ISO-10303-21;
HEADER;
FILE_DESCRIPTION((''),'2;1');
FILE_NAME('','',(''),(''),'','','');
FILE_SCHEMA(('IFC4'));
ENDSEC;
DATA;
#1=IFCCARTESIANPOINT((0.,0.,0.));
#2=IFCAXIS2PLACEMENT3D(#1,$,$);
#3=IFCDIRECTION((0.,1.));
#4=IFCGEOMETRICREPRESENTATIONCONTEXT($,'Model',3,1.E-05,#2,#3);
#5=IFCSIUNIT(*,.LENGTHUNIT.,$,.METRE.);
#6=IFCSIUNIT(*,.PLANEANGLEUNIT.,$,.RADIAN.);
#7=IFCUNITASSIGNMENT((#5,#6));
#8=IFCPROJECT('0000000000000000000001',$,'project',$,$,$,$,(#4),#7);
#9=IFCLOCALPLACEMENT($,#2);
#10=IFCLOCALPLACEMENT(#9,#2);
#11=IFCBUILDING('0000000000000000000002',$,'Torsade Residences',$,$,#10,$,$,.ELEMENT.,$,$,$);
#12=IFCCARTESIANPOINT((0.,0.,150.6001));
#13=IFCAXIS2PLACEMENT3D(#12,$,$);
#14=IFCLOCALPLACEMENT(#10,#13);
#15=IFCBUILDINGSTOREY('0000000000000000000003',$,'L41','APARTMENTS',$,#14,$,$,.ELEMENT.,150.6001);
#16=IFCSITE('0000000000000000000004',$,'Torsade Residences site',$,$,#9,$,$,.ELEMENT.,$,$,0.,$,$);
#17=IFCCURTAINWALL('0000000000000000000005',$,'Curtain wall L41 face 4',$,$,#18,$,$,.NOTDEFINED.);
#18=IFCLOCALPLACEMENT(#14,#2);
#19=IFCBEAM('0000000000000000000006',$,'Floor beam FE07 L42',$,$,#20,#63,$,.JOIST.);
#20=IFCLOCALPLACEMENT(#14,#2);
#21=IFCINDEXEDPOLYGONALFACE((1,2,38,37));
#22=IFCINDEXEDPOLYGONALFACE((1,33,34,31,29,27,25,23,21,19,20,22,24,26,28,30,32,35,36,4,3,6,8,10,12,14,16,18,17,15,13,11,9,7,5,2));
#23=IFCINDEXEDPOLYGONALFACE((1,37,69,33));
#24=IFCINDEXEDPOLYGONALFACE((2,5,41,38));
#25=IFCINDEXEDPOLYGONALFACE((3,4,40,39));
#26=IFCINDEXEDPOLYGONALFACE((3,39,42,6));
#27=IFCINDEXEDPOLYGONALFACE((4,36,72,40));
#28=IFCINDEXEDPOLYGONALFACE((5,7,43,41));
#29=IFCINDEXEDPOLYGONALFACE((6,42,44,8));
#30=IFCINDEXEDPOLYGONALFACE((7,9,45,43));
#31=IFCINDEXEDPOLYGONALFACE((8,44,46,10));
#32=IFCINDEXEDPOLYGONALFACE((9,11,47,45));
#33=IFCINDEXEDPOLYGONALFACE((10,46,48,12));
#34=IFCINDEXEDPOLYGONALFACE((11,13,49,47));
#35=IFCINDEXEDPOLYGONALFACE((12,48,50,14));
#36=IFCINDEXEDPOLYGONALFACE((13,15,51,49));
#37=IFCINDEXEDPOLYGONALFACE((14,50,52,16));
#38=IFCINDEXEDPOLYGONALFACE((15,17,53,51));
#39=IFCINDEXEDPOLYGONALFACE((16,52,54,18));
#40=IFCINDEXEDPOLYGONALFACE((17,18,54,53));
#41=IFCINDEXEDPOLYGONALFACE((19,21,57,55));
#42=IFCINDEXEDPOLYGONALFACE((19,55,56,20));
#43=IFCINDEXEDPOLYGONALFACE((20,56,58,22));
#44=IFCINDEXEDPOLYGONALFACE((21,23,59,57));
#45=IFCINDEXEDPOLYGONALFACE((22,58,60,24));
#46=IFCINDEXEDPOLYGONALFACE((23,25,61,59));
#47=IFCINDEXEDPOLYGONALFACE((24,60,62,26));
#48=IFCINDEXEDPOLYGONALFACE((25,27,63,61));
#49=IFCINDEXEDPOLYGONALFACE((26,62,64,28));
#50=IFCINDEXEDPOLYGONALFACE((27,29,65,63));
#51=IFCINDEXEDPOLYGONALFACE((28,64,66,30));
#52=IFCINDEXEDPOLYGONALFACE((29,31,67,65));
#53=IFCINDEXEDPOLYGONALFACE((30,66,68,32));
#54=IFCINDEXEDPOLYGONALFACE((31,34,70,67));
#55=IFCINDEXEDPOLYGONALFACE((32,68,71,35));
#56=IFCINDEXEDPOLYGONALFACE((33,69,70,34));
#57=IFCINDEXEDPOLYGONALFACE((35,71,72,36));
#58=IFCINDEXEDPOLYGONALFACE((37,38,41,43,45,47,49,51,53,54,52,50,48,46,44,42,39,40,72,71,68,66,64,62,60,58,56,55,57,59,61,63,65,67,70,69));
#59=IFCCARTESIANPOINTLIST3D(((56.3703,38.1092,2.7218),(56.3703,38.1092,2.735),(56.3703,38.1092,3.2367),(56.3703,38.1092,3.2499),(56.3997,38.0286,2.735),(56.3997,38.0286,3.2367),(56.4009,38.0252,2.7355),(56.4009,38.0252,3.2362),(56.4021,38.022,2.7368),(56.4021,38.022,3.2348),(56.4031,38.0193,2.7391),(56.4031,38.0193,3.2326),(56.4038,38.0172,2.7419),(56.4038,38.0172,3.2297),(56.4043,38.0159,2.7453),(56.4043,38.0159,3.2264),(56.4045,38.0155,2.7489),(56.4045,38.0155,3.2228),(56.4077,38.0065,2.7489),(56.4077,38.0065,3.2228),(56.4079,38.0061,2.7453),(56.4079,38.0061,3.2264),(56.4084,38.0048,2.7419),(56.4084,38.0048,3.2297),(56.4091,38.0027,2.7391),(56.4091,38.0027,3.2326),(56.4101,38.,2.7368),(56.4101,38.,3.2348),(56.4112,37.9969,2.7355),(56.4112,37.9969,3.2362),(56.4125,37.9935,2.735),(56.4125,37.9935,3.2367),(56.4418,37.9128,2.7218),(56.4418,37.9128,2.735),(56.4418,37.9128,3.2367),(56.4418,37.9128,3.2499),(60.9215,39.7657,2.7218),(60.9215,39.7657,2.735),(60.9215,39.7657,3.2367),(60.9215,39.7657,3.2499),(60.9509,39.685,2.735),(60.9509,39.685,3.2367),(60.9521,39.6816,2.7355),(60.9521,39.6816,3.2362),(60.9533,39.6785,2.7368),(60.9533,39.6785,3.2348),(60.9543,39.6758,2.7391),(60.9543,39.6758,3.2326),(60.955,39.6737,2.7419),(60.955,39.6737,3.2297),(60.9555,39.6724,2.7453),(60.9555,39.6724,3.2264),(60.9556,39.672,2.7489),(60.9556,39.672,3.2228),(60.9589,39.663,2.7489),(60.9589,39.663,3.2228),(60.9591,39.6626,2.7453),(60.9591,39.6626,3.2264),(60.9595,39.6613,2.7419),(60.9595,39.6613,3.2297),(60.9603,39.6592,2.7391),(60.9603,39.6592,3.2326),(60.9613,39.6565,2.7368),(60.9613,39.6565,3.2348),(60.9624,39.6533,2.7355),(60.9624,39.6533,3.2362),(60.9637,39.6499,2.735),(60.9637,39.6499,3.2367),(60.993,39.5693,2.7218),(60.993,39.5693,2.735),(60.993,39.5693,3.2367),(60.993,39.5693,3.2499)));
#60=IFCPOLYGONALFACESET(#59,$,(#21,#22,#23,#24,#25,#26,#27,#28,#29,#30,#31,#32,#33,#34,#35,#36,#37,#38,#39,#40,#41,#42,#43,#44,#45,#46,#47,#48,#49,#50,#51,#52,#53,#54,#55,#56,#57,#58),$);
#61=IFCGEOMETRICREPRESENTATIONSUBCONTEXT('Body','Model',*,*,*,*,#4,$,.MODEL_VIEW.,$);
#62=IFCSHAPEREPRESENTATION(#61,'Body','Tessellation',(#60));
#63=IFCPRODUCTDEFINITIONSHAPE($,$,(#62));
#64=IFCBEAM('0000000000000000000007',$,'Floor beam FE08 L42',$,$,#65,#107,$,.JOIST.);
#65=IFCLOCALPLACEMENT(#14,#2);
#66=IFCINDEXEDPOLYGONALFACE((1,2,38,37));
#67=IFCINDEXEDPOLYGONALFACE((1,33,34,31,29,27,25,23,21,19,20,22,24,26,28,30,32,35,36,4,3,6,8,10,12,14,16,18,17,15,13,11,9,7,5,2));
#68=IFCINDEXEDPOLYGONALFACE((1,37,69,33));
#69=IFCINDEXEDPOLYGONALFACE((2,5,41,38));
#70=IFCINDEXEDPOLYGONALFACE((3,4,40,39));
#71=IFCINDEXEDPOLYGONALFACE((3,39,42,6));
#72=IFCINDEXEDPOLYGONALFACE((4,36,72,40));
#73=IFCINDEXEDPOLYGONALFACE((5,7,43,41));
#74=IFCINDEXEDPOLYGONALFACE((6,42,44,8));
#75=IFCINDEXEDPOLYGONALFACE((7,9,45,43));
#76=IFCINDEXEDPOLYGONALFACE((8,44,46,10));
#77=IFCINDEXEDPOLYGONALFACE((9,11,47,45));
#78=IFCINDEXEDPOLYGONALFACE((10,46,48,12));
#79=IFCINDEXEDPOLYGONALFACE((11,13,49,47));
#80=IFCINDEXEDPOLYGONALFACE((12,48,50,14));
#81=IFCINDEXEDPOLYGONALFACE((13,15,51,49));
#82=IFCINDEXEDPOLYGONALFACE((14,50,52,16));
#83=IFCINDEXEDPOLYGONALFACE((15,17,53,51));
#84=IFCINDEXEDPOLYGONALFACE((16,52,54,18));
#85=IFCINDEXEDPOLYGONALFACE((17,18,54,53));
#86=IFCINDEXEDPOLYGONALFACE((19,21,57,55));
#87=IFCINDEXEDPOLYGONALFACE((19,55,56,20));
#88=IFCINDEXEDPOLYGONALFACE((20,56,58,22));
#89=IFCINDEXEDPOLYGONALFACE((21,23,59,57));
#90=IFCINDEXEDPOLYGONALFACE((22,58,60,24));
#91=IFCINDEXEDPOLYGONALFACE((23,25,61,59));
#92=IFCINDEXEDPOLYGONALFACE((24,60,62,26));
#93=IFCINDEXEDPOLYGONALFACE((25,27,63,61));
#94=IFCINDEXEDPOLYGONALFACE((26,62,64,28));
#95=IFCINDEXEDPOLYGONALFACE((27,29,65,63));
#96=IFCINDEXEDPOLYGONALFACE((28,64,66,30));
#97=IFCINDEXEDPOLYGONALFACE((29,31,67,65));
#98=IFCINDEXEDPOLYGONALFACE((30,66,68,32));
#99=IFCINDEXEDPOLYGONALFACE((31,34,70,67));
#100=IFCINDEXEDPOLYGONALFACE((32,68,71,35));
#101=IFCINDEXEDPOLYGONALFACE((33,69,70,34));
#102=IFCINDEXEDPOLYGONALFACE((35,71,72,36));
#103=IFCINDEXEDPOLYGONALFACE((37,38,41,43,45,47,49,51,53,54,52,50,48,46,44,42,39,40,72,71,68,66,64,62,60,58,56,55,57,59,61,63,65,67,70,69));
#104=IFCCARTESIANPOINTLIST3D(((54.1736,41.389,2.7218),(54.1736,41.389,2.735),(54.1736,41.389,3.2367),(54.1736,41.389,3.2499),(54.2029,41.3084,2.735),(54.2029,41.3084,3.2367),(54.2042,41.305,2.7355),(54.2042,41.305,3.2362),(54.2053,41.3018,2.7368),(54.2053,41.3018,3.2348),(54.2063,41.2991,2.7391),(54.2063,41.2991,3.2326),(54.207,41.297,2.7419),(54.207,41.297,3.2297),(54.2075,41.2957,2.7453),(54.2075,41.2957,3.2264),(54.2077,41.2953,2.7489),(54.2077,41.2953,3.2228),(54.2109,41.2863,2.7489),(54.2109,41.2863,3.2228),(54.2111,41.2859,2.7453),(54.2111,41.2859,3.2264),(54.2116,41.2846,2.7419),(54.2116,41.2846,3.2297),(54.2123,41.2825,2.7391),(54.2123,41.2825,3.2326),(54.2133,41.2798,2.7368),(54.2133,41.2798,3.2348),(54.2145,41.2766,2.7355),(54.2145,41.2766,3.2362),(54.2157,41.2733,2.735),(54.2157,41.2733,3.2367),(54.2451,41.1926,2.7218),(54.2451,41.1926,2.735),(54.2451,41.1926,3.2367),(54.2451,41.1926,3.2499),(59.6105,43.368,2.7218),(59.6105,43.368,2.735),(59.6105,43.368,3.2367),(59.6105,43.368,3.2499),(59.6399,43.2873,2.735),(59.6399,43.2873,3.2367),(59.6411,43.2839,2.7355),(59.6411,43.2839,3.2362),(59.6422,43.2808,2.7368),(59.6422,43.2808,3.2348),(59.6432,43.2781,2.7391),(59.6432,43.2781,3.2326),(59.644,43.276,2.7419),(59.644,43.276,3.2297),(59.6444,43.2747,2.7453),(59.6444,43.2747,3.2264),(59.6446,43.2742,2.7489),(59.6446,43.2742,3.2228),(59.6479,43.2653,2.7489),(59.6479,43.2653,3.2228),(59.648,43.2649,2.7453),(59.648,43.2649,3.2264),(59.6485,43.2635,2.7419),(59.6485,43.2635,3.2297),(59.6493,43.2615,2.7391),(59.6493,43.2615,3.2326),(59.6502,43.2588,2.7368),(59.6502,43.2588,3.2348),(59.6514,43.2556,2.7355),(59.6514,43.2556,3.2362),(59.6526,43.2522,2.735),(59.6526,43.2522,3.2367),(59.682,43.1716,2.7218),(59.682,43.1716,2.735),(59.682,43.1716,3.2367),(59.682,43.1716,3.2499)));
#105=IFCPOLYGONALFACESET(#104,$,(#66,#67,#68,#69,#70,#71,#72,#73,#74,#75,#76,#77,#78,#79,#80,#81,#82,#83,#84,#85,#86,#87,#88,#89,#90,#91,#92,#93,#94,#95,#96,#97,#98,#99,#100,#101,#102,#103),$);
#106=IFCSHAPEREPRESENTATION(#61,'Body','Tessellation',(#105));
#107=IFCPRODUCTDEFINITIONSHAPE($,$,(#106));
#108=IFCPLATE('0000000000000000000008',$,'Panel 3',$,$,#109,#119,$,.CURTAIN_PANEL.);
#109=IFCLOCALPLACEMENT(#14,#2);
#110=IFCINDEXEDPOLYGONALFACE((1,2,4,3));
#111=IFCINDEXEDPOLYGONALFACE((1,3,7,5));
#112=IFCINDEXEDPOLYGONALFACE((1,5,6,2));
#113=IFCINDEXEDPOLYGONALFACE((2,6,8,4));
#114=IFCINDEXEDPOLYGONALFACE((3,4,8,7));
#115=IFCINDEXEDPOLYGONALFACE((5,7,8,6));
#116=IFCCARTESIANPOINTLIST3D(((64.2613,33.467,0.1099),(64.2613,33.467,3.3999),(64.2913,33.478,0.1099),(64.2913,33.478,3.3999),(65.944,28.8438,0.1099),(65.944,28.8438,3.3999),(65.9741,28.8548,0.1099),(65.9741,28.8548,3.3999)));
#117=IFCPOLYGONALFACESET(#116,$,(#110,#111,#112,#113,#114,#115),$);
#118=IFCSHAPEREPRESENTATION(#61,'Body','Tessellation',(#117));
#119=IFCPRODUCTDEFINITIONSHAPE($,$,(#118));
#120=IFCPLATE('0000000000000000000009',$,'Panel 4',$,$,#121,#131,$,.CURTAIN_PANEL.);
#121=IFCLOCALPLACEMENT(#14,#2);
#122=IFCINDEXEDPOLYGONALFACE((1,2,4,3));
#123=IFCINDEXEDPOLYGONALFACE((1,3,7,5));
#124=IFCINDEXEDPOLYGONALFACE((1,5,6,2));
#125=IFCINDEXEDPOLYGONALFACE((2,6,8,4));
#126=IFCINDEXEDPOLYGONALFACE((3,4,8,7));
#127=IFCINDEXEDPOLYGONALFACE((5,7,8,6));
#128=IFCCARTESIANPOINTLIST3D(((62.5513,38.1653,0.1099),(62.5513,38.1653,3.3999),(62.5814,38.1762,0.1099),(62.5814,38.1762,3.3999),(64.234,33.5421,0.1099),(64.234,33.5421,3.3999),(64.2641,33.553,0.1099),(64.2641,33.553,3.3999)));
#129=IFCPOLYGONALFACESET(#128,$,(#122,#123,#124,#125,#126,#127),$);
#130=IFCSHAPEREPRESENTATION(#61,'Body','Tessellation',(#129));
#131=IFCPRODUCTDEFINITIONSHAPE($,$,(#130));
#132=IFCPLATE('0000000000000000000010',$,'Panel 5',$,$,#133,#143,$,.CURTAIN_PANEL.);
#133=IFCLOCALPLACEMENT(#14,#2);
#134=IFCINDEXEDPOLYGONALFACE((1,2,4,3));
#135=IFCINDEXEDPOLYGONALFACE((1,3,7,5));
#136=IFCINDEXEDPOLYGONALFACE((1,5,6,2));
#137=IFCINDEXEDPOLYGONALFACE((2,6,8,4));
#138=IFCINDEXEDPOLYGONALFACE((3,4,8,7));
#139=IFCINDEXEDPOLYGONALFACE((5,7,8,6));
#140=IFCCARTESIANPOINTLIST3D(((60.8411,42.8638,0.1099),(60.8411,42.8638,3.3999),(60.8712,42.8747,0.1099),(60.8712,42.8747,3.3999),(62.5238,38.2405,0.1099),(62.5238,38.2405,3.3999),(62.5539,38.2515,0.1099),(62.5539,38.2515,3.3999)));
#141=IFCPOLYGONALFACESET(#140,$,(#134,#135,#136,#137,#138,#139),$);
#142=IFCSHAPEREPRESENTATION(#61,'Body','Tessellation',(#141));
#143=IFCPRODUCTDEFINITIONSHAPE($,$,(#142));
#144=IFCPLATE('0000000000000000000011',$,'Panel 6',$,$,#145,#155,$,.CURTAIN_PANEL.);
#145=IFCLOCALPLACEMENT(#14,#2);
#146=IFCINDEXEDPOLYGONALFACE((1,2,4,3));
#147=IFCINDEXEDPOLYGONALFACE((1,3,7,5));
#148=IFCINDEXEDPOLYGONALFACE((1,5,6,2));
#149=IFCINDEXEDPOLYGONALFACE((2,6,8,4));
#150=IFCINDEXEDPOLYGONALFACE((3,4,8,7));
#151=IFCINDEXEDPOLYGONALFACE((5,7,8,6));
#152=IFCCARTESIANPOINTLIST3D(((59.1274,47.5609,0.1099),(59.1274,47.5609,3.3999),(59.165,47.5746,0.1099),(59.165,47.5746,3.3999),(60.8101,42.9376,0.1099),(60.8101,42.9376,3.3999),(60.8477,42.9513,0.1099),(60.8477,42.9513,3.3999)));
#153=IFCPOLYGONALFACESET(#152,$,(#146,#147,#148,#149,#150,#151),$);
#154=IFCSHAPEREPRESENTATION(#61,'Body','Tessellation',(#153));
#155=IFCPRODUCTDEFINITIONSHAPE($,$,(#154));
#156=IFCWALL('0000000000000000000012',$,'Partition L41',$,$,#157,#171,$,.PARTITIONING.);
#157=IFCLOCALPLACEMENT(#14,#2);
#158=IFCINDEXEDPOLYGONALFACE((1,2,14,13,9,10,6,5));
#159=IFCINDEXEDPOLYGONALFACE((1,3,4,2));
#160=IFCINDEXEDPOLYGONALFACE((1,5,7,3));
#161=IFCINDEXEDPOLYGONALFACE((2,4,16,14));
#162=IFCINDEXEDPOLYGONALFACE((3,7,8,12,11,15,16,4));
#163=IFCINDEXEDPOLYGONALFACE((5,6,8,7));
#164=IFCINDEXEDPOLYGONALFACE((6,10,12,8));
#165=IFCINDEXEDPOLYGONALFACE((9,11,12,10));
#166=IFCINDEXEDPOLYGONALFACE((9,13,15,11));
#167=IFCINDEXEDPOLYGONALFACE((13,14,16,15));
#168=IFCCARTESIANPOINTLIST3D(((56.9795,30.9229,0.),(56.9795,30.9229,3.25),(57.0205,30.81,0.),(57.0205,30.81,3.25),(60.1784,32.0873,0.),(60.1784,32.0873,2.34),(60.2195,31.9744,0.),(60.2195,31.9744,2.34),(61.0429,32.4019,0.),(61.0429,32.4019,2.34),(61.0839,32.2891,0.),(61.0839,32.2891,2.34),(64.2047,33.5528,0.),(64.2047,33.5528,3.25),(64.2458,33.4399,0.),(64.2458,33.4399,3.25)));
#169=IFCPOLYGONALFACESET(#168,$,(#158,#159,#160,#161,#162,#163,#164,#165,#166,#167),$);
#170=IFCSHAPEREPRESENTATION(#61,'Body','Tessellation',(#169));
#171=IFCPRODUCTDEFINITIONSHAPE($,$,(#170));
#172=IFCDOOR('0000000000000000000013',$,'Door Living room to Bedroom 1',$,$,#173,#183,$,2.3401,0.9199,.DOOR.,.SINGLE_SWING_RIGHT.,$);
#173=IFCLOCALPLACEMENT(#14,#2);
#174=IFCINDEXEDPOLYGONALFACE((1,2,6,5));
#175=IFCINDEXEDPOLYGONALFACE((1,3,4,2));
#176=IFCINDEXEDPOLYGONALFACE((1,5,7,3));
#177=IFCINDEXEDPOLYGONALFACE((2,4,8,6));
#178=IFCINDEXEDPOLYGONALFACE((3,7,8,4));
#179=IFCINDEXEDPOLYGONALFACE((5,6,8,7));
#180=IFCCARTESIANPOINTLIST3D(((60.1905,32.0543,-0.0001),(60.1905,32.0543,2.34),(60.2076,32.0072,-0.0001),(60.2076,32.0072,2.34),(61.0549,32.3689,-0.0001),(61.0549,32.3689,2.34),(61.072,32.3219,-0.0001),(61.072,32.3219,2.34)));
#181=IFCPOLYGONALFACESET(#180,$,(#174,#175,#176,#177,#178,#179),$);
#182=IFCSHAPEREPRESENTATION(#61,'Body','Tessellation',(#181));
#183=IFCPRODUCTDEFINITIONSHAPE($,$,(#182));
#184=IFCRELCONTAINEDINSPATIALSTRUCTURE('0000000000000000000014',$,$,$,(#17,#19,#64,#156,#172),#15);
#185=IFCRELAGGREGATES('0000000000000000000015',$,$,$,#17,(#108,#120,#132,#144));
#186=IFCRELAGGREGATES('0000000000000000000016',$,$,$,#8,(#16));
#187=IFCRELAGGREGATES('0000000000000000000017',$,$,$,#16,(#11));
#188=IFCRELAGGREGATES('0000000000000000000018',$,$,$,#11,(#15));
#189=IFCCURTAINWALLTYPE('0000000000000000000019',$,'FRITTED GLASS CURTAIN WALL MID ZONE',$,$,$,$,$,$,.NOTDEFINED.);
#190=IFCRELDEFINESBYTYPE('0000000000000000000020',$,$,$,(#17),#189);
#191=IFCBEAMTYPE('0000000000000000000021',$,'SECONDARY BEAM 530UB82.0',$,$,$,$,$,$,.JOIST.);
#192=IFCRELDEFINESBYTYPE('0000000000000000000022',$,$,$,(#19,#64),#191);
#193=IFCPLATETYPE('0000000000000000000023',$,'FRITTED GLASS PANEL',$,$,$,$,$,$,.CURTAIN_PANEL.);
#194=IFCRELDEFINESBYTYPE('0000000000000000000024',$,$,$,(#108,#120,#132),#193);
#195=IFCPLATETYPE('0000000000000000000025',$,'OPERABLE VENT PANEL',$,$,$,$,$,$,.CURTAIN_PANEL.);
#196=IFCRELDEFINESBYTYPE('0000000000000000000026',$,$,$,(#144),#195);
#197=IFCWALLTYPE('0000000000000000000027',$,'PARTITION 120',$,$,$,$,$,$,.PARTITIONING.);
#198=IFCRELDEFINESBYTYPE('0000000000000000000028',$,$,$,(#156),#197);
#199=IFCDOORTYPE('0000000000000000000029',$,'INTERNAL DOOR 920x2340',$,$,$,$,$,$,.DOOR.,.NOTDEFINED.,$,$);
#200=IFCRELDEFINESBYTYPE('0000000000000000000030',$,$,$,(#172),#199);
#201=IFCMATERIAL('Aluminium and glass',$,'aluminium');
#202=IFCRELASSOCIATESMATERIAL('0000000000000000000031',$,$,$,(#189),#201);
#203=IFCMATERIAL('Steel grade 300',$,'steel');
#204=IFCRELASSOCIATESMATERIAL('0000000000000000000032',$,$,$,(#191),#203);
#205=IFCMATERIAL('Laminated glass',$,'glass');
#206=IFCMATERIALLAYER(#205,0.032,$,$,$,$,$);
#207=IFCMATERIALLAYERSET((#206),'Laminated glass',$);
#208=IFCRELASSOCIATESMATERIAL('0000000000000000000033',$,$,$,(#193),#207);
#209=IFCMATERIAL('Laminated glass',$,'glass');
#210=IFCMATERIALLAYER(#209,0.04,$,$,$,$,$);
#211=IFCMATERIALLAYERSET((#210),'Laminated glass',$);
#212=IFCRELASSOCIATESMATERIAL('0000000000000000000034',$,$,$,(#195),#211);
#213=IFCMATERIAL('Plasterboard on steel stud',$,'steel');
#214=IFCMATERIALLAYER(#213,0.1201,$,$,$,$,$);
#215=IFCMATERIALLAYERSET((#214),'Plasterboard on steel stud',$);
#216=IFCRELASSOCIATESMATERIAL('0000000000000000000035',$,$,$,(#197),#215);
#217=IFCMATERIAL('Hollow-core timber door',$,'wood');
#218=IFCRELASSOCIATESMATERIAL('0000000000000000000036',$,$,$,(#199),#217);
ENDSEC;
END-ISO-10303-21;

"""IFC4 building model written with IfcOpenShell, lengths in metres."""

from ifc_helpers import new_model, si_unit, direction, frame, frame_2d, origin, origin_2d, place, context, subcontext, project, spatial, rectangle, i_section, extrude, material, layer, layer_set, material_profile, profile_set, type_object, element, fill, aggregate, save


model = new_model("IFC4")

# Units and contexts
model_context = context("Model", 3, precision=1e-05, world=origin(), true_north=direction((0.0, 1.0)))
body_context = subcontext(model_context, "Body", "Model", "MODEL_VIEW")
ifc_project = project(units=[si_unit("LENGTHUNIT", "METRE"), si_unit("PLANEANGLEUNIT", "RADIAN")], contexts=[model_context])

# Site, building, storey
site_placement = place(None, origin())
site = spatial("IfcSite", under=ifc_project, at=site_placement, Name="Torsade Residences site", CompositionType="ELEMENT", RefElevation=0.0)
building_placement = place(site_placement, origin())
building = spatial("IfcBuilding", under=site, at=building_placement, Name="Torsade Residences", CompositionType="ELEMENT")
storey_placement = place(building_placement, frame((0.0, 0.0, 150.6001)))
storey = spatial("IfcBuildingStorey", under=building, at=storey_placement, Name="L41", Description="APARTMENTS", CompositionType="ELEMENT", Elevation=150.6001)

# Curtain wall
ifc_material_1 = material(Name="Aluminium and glass", Category="aluminium")
curtain_wall_type = type_object("IfcCurtainWallType", Name="FRITTED GLASS CURTAIN WALL MID ZONE", PredefinedType="NOTDEFINED", material=ifc_material_1)
curtain_wall_placement = place(storey_placement, origin())
curtain_wall = element("IfcCurtainWall", 1, at=curtain_wall_placement, inside=storey, type_object=curtain_wall_type, Name="Curtain wall L41 face 4", PredefinedType="NOTDEFINED")

# Beams
ifc_material_2 = material(Name="Steel grade 300", Category="steel")
ifc_material_profile_1 = material_profile(ifc_material_2, i_section(OverallWidth=0.209, OverallDepth=0.5281, WebThickness=0.0095, FlangeThickness=0.0132, FilletRadius=0.0139, at=origin_2d()), Name="530UB82.0")
ifc_profile_set_1 = profile_set([ifc_material_profile_1], Name="Steel grade 300")
beam_type_1 = type_object("IfcBeamType", Name="SECONDARY BEAM 530UB82.0", PredefinedType="JOIST", material=ifc_profile_set_1)
beam_1_placement = place(storey_placement, frame((60.9573, 39.6675, 2.9858), z_axis=(-0.939695, -0.342014, 0.0), x_axis=(0.342014, -0.939695, 0.0)))
element("IfcBeam", 2, at=beam_1_placement, inside=storey, type_object=beam_type_1, Name="Floor beam FE07 L42", PredefinedType="JOIST", context=body_context, shape_type="SweptSolid", body=[
    extrude(i_section(OverallWidth=0.209, OverallDepth=0.5281, WebThickness=0.0095, FlangeThickness=0.0132, FilletRadius=0.0139, at=origin_2d()), origin(), (0.0, 0.0, 1.0), 4.8433),
])
beam_2_placement = place(storey_placement, frame((59.6462, 43.2698, 2.9858), z_axis=(-0.939687, -0.342034, 0.0), x_axis=(0.342034, -0.939687, 0.0)))
element("IfcBeam", 3, at=beam_2_placement, inside=storey, type_object=beam_type_1, Name="Floor beam FE08 L42", PredefinedType="JOIST", context=body_context, shape_type="SweptSolid", body=[
    extrude(i_section(OverallWidth=0.209, OverallDepth=0.5281, WebThickness=0.0095, FlangeThickness=0.0132, FilletRadius=0.0139, at=origin_2d()), origin(), (0.0, 0.0, 1.0), 5.7859),
])

# Plates
ifc_material_3 = material(Name="Laminated glass", Category="glass")
ifc_layer_1 = layer(ifc_material_3, 0.032)
ifc_layer_set_1 = layer_set([ifc_layer_1], Name="Laminated glass")
plate_type_1 = type_object("IfcPlateType", Name="FRITTED GLASS PANEL", PredefinedType="CURTAIN_PANEL", material=ifc_layer_set_1)
plate_1_placement = place(storey_placement, frame((65.1177, 31.1609, 0.1099), z_axis=(0.0, 0.0, 1.0), x_axis=(-0.34202, 0.939693, 0.0)))
plate_1 = element("IfcPlate", 4, at=plate_1_placement, type_object=plate_type_1, Name="Panel 3", PredefinedType="CURTAIN_PANEL", context=body_context, shape_type="SweptSolid", body=[
    extrude(rectangle(XDim=4.9199, YDim=0.032, at=origin_2d()), origin(), (0.0, 0.0, 1.0), 3.29),
])
plate_2_placement = place(storey_placement, frame((63.4077, 35.8591, 0.1099), z_axis=(0.0, 0.0, 1.0), x_axis=(-0.34202, 0.939693, 0.0)))
plate_2 = element("IfcPlate", 5, at=plate_2_placement, type_object=plate_type_1, Name="Panel 4", PredefinedType="CURTAIN_PANEL", context=body_context, shape_type="SweptSolid", body=[
    extrude(rectangle(XDim=4.9199, YDim=0.032, at=origin_2d()), origin(), (0.0, 0.0, 1.0), 3.29),
])
plate_3_placement = place(storey_placement, frame((61.6975, 40.5576, 0.1099), z_axis=(0.0, 0.0, 1.0), x_axis=(-0.34202, 0.939693, 0.0)))
plate_3 = element("IfcPlate", 6, at=plate_3_placement, type_object=plate_type_1, Name="Panel 5", PredefinedType="CURTAIN_PANEL", context=body_context, shape_type="SweptSolid", body=[
    extrude(rectangle(XDim=4.9199, YDim=0.032, at=origin_2d()), origin(), (0.0, 0.0, 1.0), 3.29),
])
ifc_material_4 = material(Name="Laminated glass", Category="glass")
ifc_layer_2 = layer(ifc_material_4, 0.04)
ifc_layer_set_2 = layer_set([ifc_layer_2], Name="Laminated glass")
plate_type_2 = type_object("IfcPlateType", Name="OPERABLE VENT PANEL", PredefinedType="CURTAIN_PANEL", material=ifc_layer_set_2)
plate_4_placement = place(storey_placement, frame((59.9875, 45.2561, 0.1099), z_axis=(0.0, 0.0, 1.0), x_axis=(-0.34202, 0.939693, 0.0)))
plate_4 = element("IfcPlate", 7, at=plate_4_placement, type_object=plate_type_2, Name="Panel 6", PredefinedType="CURTAIN_PANEL", context=body_context, shape_type="SweptSolid", body=[
    extrude(rectangle(XDim=4.9199, YDim=0.04, at=origin_2d()), origin(), (0.0, 0.0, 1.0), 3.29),
])
aggregate(curtain_wall, [plate_1, plate_2, plate_3, plate_4])

# Wall, opening, door
ifc_material_5 = material(Name="Plasterboard on steel stud", Category="steel")
ifc_layer_3 = layer(ifc_material_5, 0.1201)
ifc_layer_set_3 = layer_set([ifc_layer_3], Name="Plasterboard on steel stud")
wall_type_1 = type_object("IfcWallType", Name="PARTITION 120", PredefinedType="PARTITIONING", material=ifc_layer_set_3)
wall_1_placement = place(storey_placement, frame((57.0, 30.8665, 0.0), z_axis=(0.0, 0.0, 1.0), x_axis=(0.939686, 0.342039, 0.0)))
wall_1 = element("IfcWall", 8, at=wall_1_placement, inside=storey, type_object=wall_type_1, Name="Partition L41", PredefinedType="PARTITIONING", context=body_context, shape_type="SweptSolid", body=[
    extrude(rectangle(XDim=7.689, YDim=0.1201, at=frame_2d((3.8445, 0.0))), origin(), (0.0, 0.0, 1.0), 3.25),
])
opening_1_placement = place(wall_1_placement, frame((3.4043, 0.0, 0.0)))
opening_1 = element("IfcOpeningElement", 9, at=opening_1_placement, cuts=wall_1, PredefinedType="OPENING", context=body_context, shape_type="SweptSolid", body=[
    extrude(rectangle(XDim=0.9199, YDim=2.3401, at=frame_2d((0.46, 1.1699))), frame((0.0, 0.0701, 0.0), z_axis=(0.0, -1.0, 0.0), x_axis=(1.0, 0.0, 0.0)), (0.0, 0.0, 1.0), 0.1401),
])
ifc_material_6 = material(Name="Hollow-core timber door", Category="wood")
door_type_1 = type_object("IfcDoorType", Name="INTERNAL DOOR 920x2340", OperationType="NOTDEFINED", PredefinedType="DOOR", material=ifc_material_6)
door_1_placement = place(opening_1_placement, origin())
door_1 = element("IfcDoor", 10, at=door_1_placement, inside=storey, type_object=door_type_1, Name="Door Living room to Bedroom 1", OperationType="SINGLE_SWING_RIGHT", OverallHeight=2.3401, OverallWidth=0.9199, PredefinedType="DOOR", context=body_context, shape_type="SweptSolid", body=[
    extrude(rectangle(XDim=0.9199, YDim=2.3401, at=frame_2d((0.46, 1.1699))), frame((0.0, 0.0249, 0.0), z_axis=(0.0, -1.0, 0.0), x_axis=(1.0, 0.0, 0.0)), (0.0, 0.0, 1.0), 0.05),
])
fill(opening_1, door_1)

save(model, "model.ifc")
